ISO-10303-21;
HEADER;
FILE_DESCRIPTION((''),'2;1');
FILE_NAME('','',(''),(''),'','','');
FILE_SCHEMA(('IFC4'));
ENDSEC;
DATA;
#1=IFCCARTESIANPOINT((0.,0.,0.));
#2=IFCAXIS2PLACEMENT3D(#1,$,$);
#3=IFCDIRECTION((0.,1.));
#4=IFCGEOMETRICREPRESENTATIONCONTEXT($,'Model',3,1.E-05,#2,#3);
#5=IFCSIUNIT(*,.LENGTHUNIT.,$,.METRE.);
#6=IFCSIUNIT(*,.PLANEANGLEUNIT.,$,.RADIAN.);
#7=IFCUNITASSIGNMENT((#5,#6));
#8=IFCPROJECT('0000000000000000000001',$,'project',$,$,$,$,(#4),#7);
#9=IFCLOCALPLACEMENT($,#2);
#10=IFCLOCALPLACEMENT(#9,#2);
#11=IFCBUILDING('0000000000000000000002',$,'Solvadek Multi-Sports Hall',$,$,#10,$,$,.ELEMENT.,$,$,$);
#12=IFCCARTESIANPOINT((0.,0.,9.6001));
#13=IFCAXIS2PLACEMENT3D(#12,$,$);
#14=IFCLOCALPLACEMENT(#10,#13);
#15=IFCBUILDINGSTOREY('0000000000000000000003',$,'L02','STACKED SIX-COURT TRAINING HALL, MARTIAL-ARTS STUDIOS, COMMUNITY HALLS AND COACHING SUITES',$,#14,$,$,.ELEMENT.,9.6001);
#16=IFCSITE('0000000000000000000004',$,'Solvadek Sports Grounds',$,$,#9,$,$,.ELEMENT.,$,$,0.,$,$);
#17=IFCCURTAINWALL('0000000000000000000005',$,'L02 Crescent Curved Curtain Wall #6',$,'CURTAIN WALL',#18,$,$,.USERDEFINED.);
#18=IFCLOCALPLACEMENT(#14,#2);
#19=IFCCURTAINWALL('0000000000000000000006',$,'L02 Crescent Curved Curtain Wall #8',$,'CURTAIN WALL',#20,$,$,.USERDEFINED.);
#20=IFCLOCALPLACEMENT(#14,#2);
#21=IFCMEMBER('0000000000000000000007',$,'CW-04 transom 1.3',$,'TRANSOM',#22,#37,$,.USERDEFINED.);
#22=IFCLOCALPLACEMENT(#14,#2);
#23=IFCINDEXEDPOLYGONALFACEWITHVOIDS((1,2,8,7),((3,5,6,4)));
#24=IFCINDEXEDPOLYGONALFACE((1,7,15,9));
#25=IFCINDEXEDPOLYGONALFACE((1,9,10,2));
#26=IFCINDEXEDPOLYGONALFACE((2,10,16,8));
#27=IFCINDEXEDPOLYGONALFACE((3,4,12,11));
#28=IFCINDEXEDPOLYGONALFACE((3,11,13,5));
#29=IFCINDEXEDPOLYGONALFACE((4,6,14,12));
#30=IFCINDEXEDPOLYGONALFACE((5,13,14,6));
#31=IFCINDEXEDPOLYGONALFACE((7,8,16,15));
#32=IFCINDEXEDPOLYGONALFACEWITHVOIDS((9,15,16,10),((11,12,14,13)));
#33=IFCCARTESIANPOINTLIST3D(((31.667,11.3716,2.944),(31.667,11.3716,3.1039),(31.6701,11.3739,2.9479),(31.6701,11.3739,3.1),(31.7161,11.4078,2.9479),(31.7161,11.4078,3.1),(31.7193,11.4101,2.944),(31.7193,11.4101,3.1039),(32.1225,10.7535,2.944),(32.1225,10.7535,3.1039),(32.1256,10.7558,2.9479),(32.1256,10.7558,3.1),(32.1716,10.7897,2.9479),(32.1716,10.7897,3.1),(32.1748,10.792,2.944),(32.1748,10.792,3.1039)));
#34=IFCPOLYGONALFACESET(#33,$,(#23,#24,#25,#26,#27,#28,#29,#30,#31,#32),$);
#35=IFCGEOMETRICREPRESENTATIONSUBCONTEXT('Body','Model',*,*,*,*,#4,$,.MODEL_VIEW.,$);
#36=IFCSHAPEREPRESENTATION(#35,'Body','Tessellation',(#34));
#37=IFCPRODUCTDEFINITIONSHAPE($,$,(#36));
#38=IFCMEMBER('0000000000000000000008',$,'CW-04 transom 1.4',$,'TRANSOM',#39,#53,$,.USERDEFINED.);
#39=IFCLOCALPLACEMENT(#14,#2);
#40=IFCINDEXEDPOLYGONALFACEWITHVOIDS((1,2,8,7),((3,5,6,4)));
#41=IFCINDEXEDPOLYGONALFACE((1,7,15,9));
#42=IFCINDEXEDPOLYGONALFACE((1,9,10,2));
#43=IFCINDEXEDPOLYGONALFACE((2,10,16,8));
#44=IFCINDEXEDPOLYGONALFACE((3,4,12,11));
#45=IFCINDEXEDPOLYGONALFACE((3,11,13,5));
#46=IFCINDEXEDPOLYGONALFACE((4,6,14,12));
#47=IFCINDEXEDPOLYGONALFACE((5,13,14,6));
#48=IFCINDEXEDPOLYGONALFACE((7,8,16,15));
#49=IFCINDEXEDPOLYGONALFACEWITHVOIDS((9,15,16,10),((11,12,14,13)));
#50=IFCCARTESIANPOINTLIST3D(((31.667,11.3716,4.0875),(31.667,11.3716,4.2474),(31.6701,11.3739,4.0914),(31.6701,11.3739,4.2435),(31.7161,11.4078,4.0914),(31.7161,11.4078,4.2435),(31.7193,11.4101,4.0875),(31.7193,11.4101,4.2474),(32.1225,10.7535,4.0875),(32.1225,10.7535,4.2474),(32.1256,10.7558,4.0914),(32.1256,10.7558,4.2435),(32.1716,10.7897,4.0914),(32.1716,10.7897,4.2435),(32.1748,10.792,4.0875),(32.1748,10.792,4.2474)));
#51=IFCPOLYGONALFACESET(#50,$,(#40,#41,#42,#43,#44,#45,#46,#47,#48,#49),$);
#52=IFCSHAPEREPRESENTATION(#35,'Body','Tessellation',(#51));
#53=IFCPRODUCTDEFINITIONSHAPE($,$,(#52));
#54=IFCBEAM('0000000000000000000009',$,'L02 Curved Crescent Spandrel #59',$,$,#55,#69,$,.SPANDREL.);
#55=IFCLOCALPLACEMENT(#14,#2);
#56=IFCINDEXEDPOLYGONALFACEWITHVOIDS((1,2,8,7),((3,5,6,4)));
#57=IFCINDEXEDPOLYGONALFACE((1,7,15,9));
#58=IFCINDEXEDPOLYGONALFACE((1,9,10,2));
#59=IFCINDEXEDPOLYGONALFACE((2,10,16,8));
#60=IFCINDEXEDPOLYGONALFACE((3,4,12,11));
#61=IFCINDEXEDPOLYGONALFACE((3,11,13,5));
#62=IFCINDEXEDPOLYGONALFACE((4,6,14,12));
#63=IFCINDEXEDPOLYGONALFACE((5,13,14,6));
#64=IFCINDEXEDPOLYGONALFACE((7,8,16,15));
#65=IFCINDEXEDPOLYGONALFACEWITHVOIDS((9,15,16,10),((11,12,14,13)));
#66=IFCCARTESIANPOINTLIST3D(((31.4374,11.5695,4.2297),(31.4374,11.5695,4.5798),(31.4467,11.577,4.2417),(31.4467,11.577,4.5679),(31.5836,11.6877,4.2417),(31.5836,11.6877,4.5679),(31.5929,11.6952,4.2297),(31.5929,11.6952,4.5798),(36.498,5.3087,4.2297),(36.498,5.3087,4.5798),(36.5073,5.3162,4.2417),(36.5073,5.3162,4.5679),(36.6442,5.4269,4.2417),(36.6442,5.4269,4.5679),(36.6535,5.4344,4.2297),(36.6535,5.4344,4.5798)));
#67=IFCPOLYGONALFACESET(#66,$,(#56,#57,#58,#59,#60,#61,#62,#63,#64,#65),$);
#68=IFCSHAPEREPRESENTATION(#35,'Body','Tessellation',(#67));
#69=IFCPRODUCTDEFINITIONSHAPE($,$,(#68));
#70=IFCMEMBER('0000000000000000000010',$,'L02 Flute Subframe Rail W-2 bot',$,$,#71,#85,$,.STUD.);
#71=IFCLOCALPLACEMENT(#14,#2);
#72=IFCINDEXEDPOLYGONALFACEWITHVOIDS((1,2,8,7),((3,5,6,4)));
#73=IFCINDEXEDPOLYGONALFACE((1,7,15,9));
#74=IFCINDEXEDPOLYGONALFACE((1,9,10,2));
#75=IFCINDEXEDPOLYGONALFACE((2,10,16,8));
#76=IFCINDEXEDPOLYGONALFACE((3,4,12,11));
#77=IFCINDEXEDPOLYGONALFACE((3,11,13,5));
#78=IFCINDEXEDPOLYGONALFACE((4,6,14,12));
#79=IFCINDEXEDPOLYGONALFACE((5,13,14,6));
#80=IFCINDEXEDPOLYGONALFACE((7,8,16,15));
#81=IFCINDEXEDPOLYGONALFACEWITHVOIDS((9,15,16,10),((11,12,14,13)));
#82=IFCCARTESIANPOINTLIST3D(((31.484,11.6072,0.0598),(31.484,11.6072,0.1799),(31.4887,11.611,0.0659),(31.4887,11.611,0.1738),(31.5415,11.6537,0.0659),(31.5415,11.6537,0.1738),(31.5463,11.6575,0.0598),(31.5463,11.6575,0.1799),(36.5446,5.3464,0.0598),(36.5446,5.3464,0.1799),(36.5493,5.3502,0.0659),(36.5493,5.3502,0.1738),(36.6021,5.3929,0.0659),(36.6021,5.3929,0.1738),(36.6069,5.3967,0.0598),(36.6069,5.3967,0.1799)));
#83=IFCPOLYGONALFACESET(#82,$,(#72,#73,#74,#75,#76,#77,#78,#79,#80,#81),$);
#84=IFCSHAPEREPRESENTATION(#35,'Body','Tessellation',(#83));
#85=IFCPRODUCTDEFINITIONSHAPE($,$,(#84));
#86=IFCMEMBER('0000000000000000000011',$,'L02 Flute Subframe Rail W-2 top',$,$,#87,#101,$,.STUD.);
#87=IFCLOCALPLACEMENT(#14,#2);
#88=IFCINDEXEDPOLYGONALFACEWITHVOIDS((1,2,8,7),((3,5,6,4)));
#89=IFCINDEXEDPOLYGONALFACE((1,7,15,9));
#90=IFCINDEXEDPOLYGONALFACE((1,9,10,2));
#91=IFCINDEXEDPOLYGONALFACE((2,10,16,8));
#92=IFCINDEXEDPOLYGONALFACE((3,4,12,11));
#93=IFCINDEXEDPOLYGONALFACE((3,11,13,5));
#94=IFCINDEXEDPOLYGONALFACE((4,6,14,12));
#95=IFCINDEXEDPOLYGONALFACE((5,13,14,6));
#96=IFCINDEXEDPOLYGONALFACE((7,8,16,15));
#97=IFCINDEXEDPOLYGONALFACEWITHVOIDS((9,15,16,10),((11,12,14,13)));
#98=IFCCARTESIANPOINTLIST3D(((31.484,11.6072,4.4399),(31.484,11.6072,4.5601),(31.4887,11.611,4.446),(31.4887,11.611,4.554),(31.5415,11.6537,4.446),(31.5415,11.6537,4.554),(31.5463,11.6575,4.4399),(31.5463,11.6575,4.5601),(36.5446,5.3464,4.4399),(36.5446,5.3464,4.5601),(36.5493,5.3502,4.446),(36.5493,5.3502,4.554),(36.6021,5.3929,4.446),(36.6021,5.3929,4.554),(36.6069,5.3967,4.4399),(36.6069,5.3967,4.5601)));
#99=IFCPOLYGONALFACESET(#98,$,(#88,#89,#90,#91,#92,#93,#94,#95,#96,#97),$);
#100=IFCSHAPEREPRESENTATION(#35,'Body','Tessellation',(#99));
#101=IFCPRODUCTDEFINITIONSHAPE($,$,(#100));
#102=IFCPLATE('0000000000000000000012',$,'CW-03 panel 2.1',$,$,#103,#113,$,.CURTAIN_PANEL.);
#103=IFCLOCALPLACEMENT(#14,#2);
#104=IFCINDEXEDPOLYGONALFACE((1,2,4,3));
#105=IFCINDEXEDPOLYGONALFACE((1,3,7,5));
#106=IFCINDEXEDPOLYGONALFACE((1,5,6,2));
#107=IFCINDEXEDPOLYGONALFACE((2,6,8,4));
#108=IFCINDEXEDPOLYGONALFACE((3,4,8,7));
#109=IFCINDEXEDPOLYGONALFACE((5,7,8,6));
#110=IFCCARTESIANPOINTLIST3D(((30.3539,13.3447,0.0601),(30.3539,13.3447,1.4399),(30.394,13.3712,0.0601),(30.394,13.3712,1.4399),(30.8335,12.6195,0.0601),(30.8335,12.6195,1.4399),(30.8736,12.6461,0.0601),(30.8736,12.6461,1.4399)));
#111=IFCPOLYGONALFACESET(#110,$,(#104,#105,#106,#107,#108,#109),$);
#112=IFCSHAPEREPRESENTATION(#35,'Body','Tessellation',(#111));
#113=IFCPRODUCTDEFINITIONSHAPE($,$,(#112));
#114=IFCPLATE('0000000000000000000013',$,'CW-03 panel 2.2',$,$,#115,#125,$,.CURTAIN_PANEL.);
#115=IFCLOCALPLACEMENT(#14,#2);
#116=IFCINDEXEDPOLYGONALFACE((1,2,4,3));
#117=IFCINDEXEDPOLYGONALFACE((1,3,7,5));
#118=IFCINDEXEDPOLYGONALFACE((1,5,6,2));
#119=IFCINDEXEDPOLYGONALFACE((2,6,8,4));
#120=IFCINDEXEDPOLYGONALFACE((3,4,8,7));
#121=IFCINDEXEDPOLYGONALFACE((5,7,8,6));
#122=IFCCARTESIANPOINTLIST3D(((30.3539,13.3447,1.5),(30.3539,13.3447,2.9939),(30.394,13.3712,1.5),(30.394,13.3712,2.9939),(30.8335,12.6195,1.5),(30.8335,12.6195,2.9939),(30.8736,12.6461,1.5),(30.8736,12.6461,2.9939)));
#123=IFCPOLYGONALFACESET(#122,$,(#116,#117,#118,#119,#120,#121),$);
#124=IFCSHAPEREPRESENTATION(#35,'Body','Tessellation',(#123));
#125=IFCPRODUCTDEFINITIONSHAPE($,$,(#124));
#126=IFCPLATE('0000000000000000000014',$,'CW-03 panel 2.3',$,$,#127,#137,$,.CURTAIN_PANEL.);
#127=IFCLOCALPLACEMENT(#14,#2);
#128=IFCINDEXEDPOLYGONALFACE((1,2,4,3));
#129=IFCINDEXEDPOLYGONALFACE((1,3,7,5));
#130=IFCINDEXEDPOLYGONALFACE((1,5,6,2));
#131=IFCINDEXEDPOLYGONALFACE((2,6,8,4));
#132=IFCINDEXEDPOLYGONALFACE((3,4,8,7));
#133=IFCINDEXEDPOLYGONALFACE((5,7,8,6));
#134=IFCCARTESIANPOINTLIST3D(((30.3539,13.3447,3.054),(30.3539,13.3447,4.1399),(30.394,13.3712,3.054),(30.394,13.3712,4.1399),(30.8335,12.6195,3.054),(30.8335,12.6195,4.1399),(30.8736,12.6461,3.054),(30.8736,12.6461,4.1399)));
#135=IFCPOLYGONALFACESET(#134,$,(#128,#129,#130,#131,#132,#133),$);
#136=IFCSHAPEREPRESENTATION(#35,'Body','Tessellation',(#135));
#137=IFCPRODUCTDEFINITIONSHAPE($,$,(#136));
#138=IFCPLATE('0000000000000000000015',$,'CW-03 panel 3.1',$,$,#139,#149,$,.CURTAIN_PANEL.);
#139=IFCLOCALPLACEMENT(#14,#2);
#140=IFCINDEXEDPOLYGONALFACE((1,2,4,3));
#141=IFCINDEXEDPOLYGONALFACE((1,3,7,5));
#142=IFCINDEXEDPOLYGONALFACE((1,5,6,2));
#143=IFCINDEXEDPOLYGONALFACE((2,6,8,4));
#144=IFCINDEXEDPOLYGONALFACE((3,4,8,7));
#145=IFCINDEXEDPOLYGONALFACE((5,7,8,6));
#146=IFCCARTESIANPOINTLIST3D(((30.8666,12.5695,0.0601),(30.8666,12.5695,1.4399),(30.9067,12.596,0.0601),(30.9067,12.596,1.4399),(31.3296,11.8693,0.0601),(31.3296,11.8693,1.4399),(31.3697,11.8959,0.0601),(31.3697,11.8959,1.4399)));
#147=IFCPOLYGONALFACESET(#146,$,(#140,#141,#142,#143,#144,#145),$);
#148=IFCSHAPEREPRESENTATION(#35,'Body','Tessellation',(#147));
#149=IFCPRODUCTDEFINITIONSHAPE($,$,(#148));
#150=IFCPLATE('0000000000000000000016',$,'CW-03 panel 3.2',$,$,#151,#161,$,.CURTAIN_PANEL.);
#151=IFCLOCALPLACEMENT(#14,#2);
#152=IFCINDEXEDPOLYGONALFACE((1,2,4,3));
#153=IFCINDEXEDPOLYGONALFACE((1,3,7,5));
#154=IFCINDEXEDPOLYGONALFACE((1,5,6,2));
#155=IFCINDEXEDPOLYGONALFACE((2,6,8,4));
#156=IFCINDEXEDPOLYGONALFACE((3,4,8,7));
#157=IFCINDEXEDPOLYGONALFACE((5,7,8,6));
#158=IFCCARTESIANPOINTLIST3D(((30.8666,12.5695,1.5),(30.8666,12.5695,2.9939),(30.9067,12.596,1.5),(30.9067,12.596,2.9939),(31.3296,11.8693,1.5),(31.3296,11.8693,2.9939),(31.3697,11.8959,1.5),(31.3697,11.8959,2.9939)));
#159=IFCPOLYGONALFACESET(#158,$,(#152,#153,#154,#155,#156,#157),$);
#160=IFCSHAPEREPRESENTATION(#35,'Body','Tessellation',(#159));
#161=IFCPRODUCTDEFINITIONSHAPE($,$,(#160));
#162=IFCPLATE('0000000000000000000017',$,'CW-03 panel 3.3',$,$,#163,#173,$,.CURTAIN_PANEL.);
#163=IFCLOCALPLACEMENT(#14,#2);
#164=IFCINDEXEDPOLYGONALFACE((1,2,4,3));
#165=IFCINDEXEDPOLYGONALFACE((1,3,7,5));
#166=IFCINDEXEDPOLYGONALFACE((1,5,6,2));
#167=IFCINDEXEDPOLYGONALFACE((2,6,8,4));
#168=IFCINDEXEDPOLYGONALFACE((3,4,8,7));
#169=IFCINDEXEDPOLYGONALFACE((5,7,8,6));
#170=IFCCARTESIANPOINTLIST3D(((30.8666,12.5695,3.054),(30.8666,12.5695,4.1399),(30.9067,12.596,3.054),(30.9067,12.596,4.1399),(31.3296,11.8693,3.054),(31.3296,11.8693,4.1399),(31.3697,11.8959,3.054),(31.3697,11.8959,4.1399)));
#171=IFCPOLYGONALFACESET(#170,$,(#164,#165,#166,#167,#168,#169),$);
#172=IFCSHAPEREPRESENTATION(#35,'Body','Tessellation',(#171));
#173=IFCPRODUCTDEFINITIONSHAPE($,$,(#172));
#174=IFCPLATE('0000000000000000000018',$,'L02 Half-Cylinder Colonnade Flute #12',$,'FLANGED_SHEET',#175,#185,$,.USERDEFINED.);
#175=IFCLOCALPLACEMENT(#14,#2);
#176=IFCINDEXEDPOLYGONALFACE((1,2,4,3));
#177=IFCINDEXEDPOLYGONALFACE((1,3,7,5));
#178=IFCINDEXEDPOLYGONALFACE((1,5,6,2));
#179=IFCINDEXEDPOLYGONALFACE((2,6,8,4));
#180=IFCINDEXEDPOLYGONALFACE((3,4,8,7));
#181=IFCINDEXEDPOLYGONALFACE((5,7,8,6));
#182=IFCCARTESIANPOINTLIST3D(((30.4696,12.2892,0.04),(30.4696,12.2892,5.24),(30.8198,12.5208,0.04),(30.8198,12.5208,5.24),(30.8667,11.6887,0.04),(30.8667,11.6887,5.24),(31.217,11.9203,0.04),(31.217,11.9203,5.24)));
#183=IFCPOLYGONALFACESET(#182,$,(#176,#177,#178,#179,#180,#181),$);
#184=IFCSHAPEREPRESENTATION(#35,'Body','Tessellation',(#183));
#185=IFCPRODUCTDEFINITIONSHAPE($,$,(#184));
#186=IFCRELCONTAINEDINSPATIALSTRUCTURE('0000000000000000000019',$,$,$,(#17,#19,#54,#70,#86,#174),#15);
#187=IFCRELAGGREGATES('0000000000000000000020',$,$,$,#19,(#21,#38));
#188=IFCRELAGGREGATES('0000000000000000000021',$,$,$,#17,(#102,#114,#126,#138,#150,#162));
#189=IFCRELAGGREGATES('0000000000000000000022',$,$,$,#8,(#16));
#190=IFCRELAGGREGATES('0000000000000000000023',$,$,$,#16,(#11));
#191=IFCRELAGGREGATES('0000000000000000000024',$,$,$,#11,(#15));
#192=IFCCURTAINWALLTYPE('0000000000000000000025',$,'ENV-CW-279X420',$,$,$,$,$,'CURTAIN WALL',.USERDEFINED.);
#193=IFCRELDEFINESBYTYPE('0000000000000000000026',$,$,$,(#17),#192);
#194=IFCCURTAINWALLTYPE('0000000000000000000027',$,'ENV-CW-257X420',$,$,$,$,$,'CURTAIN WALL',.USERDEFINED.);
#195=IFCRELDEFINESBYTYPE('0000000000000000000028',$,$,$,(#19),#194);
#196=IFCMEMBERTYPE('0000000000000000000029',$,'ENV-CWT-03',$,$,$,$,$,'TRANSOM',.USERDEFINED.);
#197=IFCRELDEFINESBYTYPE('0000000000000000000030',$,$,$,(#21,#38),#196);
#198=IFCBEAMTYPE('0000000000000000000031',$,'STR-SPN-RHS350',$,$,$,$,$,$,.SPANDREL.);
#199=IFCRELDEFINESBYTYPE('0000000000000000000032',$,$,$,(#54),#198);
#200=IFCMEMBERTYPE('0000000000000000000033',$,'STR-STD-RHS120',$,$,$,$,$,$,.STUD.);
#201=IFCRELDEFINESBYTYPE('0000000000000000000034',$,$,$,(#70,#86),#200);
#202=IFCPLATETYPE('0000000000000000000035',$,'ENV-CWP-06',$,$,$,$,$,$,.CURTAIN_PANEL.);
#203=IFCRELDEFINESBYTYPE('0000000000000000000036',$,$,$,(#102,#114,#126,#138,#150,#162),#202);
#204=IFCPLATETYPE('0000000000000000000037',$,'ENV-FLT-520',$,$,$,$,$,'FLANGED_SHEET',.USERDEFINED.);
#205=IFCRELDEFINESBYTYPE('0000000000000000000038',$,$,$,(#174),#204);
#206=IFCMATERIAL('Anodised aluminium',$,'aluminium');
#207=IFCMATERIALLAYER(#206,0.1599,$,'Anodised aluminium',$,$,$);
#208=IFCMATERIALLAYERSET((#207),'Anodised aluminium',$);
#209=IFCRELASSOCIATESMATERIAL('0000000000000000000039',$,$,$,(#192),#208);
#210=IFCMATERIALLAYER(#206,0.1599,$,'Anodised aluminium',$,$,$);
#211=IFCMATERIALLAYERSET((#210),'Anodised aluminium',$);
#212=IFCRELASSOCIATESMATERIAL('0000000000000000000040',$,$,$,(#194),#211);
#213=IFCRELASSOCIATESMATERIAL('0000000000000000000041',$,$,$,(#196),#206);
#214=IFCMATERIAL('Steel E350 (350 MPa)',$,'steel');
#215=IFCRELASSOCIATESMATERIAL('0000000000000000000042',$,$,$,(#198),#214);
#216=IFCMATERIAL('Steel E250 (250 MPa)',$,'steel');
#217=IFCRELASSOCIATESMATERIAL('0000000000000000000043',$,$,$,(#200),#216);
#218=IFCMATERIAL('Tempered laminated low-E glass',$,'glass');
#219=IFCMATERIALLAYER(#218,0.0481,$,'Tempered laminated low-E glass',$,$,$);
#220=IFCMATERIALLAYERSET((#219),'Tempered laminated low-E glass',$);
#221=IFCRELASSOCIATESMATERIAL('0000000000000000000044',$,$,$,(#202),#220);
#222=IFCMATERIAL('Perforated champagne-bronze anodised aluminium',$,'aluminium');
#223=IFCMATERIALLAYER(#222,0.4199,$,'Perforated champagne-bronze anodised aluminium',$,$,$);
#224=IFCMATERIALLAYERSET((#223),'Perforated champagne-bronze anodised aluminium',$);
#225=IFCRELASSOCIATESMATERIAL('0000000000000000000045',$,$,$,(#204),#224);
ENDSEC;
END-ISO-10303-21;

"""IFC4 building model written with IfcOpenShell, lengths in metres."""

from ifc_helpers import new_model, si_unit, direction, frame, origin, origin_2d, place, context, subcontext, project, spatial, rectangle, hollow_rectangle, extrude, material, layer, layer_set, material_profile, profile_set, type_object, element, aggregate, save


model = new_model("IFC4")

# Units and contexts
model_context = context("Model", 3, precision=1e-05, world=origin(), true_north=direction((0.0, 1.0)))
body_context = subcontext(model_context, "Body", "Model", "MODEL_VIEW")
ifc_project = project(units=[si_unit("LENGTHUNIT", "METRE"), si_unit("PLANEANGLEUNIT", "RADIAN")], contexts=[model_context])

# Site, building, storey
site_placement = place(None, origin())
site = spatial("IfcSite", under=ifc_project, at=site_placement, Name="Solvadek Sports Grounds", CompositionType="ELEMENT", RefElevation=0.0)
building_placement = place(site_placement, origin())
building = spatial("IfcBuilding", under=site, at=building_placement, Name="Solvadek Multi-Sports Hall", CompositionType="ELEMENT")
storey_placement = place(building_placement, frame((0.0, 0.0, 9.6001)))
storey = spatial("IfcBuildingStorey", under=building, at=storey_placement, Name="L02", Description="STACKED SIX-COURT TRAINING HALL, MARTIAL-ARTS STUDIOS, COMMUNITY HALLS AND COACHING SUITES", CompositionType="ELEMENT", Elevation=9.6001)

# Shared definitions
ifc_material_1 = material(Name="Steel E350 (350 MPa)", Category="steel")

# Curtain wall
ifc_material_2 = material(Name="Anodised aluminium", Category="aluminium")
ifc_layer_1 = layer(ifc_material_2, 0.1599, Name="Anodised aluminium")
ifc_layer_set_1 = layer_set([ifc_layer_1], Name="Anodised aluminium")
curtain_wall_type_1 = type_object("IfcCurtainWallType", Name="ENV-CW-279X420", ElementType="CURTAIN WALL", PredefinedType="USERDEFINED", material=ifc_layer_set_1)
curtain_wall_1_placement = place(storey_placement, origin())
curtain_wall_1 = element("IfcCurtainWall", 1, at=curtain_wall_1_placement, inside=storey, type_object=curtain_wall_type_1, Name="L02 Crescent Curved Curtain Wall #6", ObjectType="CURTAIN WALL", PredefinedType="USERDEFINED")

# Curtain wall
ifc_layer_2 = layer(ifc_material_2, 0.1599, Name="Anodised aluminium")
ifc_layer_set_2 = layer_set([ifc_layer_2], Name="Anodised aluminium")
curtain_wall_type_2 = type_object("IfcCurtainWallType", Name="ENV-CW-257X420", ElementType="CURTAIN WALL", PredefinedType="USERDEFINED", material=ifc_layer_set_2)
curtain_wall_2_placement = place(storey_placement, origin())
curtain_wall_2 = element("IfcCurtainWall", 2, at=curtain_wall_2_placement, inside=storey, type_object=curtain_wall_type_2, Name="L02 Crescent Curved Curtain Wall #8", ObjectType="CURTAIN WALL", PredefinedType="USERDEFINED")

# Members
ifc_material_profile_1 = material_profile(ifc_material_2, hollow_rectangle(XDim=0.0649, YDim=0.1599, WallThickness=0.0039, at=origin_2d()), Name="ALU-T 160x65x4")
ifc_profile_set_1 = profile_set([ifc_material_profile_1], Name="Anodised aluminium")
member_type_1 = type_object("IfcMemberType", Name="ENV-CWT-03", ElementType="TRANSOM", PredefinedType="USERDEFINED", material=ifc_profile_set_1)
member_1_placement = place(storey_placement, frame((31.6931, 11.3909, 3.0239), z_axis=(0.593264, -0.805008, 0.0), x_axis=(0.805008, 0.593264, 0.0)))
member_1 = element("IfcMember", 3, at=member_1_placement, type_object=member_type_1, Name="CW-04 transom 1.3", ObjectType="TRANSOM", PredefinedType="USERDEFINED", context=body_context, shape_type="SweptSolid", body=[
    extrude(hollow_rectangle(XDim=0.0649, YDim=0.1599, WallThickness=0.0039, at=origin_2d()), origin(), (0.0, 0.0, 1.0), 0.7678),
])
member_2_placement = place(storey_placement, frame((31.6931, 11.3909, 4.1675), z_axis=(0.593264, -0.805008, 0.0), x_axis=(0.805008, 0.593264, 0.0)))
member_2 = element("IfcMember", 4, at=member_2_placement, type_object=member_type_1, Name="CW-04 transom 1.4", ObjectType="TRANSOM", PredefinedType="USERDEFINED", context=body_context, shape_type="SweptSolid", body=[
    extrude(hollow_rectangle(XDim=0.0649, YDim=0.1599, WallThickness=0.0039, at=origin_2d()), origin(), (0.0, 0.0, 1.0), 0.7678),
])
aggregate(curtain_wall_2, [member_1, member_2])

# Beam
ifc_material_profile_2 = material_profile(ifc_material_1, hollow_rectangle(XDim=0.2, YDim=0.3501, WallThickness=0.012, at=origin_2d()), Name="RHS 350x200x12")
ifc_profile_set_2 = profile_set([ifc_material_profile_2], Name="Steel E350 (350 MPa)")
beam_type = type_object("IfcBeamType", Name="STR-SPN-RHS350", PredefinedType="SPANDREL", material=ifc_profile_set_2)
beam_placement = place(storey_placement, frame((31.5151, 11.6323, 4.4048), z_axis=(0.628622, -0.777711, 0.0), x_axis=(0.777711, 0.628622, 0.0)))
element("IfcBeam", 5, at=beam_placement, inside=storey, type_object=beam_type, Name="L02 Curved Crescent Spandrel #59", PredefinedType="SPANDREL", context=body_context, shape_type="SweptSolid", body=[
    extrude(hollow_rectangle(XDim=0.2, YDim=0.3501, WallThickness=0.012, at=origin_2d()), origin(), (0.0, 0.0, 1.0), 8.0503),
])

# Members
ifc_material_3 = material(Name="Steel E250 (250 MPa)", Category="steel")
ifc_material_profile_3 = material_profile(ifc_material_3, hollow_rectangle(XDim=0.0801, YDim=0.1201, WallThickness=0.0061, at=origin_2d()), Name="RHS 120x80x6")
ifc_profile_set_3 = profile_set([ifc_material_profile_3], Name="Steel E250 (250 MPa)")
member_type_2 = type_object("IfcMemberType", Name="STR-STD-RHS120", PredefinedType="STUD", material=ifc_profile_set_3)
for number, where, z_axis, x_axis, name in (
    (6, (31.5151, 11.6323, 0.1199), (0.628622, -0.777711, 0.0), (0.777711, 0.628622, 0.0), "L02 Flute Subframe Rail W-2 bot"),
    (7, (31.5151, 11.6323, 4.5), (0.628622, -0.777711, 0.0), (0.777711, 0.628622, 0.0), "L02 Flute Subframe Rail W-2 top"),
):
    element("IfcMember", number, at=place(storey_placement, frame(where, z_axis=z_axis, x_axis=x_axis)), inside=storey, type_object=member_type_2, Name=name, PredefinedType="STUD", context=body_context, shape_type="SweptSolid", body=[
        extrude(hollow_rectangle(XDim=0.0801, YDim=0.1201, WallThickness=0.0061, at=origin_2d()), origin(), (0.0, 0.0, 1.0), 8.0503),
    ])

# Plates
ifc_material_4 = material(Name="Tempered laminated low-E glass", Category="glass")
ifc_layer_3 = layer(ifc_material_4, 0.0481, Name="Tempered laminated low-E glass")
ifc_layer_set_3 = layer_set([ifc_layer_3], Name="Tempered laminated low-E glass")
plate_type_1 = type_object("IfcPlateType", Name="ENV-CWP-06", PredefinedType="CURTAIN_PANEL", material=ifc_layer_set_3)
plate_1_placement = place(storey_placement, frame((30.6138, 12.9954, 0.0601), z_axis=(0.0, 0.0, 1.0), x_axis=(0.551617, -0.834097, 0.0)))
plate_1 = element("IfcPlate", 8, at=plate_1_placement, type_object=plate_type_1, Name="CW-03 panel 2.1", PredefinedType="CURTAIN_PANEL", context=body_context, shape_type="SweptSolid", body=[
    extrude(rectangle(XDim=0.8694, YDim=0.0481, at=origin_2d()), origin(), (0.0, 0.0, 1.0), 1.3799),
])
plate_2_placement = place(storey_placement, frame((30.6138, 12.9954, 1.5), z_axis=(0.0, 0.0, 1.0), x_axis=(0.551617, -0.834097, 0.0)))
plate_2 = element("IfcPlate", 9, at=plate_2_placement, type_object=plate_type_1, Name="CW-03 panel 2.2", PredefinedType="CURTAIN_PANEL", context=body_context, shape_type="SweptSolid", body=[
    extrude(rectangle(XDim=0.8694, YDim=0.0481, at=origin_2d()), origin(), (0.0, 0.0, 1.0), 1.4939),
])
plate_3_placement = place(storey_placement, frame((30.6138, 12.9954, 3.054), z_axis=(0.0, 0.0, 1.0), x_axis=(0.551617, -0.834097, 0.0)))
plate_3 = element("IfcPlate", 10, at=plate_3_placement, type_object=plate_type_1, Name="CW-03 panel 2.3", PredefinedType="CURTAIN_PANEL", context=body_context, shape_type="SweptSolid", body=[
    extrude(rectangle(XDim=0.8694, YDim=0.0481, at=origin_2d()), origin(), (0.0, 0.0, 1.0), 1.0859),
])
plate_4_placement = place(storey_placement, frame((31.1182, 12.2327, 0.0601), z_axis=(0.0, 0.0, 1.0), x_axis=(0.551617, -0.834097, 0.0)))
plate_4 = element("IfcPlate", 11, at=plate_4_placement, type_object=plate_type_1, Name="CW-03 panel 3.1", PredefinedType="CURTAIN_PANEL", context=body_context, shape_type="SweptSolid", body=[
    extrude(rectangle(XDim=0.8394, YDim=0.0481, at=origin_2d()), origin(), (0.0, 0.0, 1.0), 1.3799),
])
plate_5_placement = place(storey_placement, frame((31.1182, 12.2327, 1.5), z_axis=(0.0, 0.0, 1.0), x_axis=(0.551617, -0.834097, 0.0)))
plate_5 = element("IfcPlate", 12, at=plate_5_placement, type_object=plate_type_1, Name="CW-03 panel 3.2", PredefinedType="CURTAIN_PANEL", context=body_context, shape_type="SweptSolid", body=[
    extrude(rectangle(XDim=0.8394, YDim=0.0481, at=origin_2d()), origin(), (0.0, 0.0, 1.0), 1.4939),
])
plate_6_placement = place(storey_placement, frame((31.1182, 12.2327, 3.054), z_axis=(0.0, 0.0, 1.0), x_axis=(0.551617, -0.834097, 0.0)))
plate_6 = element("IfcPlate", 13, at=plate_6_placement, type_object=plate_type_1, Name="CW-03 panel 3.3", PredefinedType="CURTAIN_PANEL", context=body_context, shape_type="SweptSolid", body=[
    extrude(rectangle(XDim=0.8394, YDim=0.0481, at=origin_2d()), origin(), (0.0, 0.0, 1.0), 1.0859),
])
aggregate(curtain_wall_1, [plate_1, plate_2, plate_3, plate_4, plate_5, plate_6])

# Plate
ifc_material_5 = material(Name="Perforated champagne-bronze anodised aluminium", Category="aluminium")
ifc_layer_4 = layer(ifc_material_5, 0.4199, Name="Perforated champagne-bronze anodised aluminium")
ifc_layer_set_4 = layer_set([ifc_layer_4], Name="Perforated champagne-bronze anodised aluminium")
plate_type_2 = type_object("IfcPlateType", Name="ENV-FLT-520", ElementType="FLANGED_SHEET", PredefinedType="USERDEFINED", material=ifc_layer_set_4)
for number, where, z_axis, x_axis, name in (
    (14, (30.8433, 12.1047, 0.04), (0.0, 0.0, 1.0), (0.55161, -0.834102, 0.0), "L02 Half-Cylinder Colonnade Flute #12"),
):
    element("IfcPlate", number, at=place(storey_placement, frame(where, z_axis=z_axis, x_axis=x_axis)), inside=storey, type_object=plate_type_2, Name=name, ObjectType="FLANGED_SHEET", PredefinedType="USERDEFINED", context=body_context, shape_type="SweptSolid", body=[
        extrude(rectangle(XDim=0.72, YDim=0.4199, at=origin_2d()), origin(), (0.0, 0.0, 1.0), 5.2),
    ])

save(model, "model.ifc")
